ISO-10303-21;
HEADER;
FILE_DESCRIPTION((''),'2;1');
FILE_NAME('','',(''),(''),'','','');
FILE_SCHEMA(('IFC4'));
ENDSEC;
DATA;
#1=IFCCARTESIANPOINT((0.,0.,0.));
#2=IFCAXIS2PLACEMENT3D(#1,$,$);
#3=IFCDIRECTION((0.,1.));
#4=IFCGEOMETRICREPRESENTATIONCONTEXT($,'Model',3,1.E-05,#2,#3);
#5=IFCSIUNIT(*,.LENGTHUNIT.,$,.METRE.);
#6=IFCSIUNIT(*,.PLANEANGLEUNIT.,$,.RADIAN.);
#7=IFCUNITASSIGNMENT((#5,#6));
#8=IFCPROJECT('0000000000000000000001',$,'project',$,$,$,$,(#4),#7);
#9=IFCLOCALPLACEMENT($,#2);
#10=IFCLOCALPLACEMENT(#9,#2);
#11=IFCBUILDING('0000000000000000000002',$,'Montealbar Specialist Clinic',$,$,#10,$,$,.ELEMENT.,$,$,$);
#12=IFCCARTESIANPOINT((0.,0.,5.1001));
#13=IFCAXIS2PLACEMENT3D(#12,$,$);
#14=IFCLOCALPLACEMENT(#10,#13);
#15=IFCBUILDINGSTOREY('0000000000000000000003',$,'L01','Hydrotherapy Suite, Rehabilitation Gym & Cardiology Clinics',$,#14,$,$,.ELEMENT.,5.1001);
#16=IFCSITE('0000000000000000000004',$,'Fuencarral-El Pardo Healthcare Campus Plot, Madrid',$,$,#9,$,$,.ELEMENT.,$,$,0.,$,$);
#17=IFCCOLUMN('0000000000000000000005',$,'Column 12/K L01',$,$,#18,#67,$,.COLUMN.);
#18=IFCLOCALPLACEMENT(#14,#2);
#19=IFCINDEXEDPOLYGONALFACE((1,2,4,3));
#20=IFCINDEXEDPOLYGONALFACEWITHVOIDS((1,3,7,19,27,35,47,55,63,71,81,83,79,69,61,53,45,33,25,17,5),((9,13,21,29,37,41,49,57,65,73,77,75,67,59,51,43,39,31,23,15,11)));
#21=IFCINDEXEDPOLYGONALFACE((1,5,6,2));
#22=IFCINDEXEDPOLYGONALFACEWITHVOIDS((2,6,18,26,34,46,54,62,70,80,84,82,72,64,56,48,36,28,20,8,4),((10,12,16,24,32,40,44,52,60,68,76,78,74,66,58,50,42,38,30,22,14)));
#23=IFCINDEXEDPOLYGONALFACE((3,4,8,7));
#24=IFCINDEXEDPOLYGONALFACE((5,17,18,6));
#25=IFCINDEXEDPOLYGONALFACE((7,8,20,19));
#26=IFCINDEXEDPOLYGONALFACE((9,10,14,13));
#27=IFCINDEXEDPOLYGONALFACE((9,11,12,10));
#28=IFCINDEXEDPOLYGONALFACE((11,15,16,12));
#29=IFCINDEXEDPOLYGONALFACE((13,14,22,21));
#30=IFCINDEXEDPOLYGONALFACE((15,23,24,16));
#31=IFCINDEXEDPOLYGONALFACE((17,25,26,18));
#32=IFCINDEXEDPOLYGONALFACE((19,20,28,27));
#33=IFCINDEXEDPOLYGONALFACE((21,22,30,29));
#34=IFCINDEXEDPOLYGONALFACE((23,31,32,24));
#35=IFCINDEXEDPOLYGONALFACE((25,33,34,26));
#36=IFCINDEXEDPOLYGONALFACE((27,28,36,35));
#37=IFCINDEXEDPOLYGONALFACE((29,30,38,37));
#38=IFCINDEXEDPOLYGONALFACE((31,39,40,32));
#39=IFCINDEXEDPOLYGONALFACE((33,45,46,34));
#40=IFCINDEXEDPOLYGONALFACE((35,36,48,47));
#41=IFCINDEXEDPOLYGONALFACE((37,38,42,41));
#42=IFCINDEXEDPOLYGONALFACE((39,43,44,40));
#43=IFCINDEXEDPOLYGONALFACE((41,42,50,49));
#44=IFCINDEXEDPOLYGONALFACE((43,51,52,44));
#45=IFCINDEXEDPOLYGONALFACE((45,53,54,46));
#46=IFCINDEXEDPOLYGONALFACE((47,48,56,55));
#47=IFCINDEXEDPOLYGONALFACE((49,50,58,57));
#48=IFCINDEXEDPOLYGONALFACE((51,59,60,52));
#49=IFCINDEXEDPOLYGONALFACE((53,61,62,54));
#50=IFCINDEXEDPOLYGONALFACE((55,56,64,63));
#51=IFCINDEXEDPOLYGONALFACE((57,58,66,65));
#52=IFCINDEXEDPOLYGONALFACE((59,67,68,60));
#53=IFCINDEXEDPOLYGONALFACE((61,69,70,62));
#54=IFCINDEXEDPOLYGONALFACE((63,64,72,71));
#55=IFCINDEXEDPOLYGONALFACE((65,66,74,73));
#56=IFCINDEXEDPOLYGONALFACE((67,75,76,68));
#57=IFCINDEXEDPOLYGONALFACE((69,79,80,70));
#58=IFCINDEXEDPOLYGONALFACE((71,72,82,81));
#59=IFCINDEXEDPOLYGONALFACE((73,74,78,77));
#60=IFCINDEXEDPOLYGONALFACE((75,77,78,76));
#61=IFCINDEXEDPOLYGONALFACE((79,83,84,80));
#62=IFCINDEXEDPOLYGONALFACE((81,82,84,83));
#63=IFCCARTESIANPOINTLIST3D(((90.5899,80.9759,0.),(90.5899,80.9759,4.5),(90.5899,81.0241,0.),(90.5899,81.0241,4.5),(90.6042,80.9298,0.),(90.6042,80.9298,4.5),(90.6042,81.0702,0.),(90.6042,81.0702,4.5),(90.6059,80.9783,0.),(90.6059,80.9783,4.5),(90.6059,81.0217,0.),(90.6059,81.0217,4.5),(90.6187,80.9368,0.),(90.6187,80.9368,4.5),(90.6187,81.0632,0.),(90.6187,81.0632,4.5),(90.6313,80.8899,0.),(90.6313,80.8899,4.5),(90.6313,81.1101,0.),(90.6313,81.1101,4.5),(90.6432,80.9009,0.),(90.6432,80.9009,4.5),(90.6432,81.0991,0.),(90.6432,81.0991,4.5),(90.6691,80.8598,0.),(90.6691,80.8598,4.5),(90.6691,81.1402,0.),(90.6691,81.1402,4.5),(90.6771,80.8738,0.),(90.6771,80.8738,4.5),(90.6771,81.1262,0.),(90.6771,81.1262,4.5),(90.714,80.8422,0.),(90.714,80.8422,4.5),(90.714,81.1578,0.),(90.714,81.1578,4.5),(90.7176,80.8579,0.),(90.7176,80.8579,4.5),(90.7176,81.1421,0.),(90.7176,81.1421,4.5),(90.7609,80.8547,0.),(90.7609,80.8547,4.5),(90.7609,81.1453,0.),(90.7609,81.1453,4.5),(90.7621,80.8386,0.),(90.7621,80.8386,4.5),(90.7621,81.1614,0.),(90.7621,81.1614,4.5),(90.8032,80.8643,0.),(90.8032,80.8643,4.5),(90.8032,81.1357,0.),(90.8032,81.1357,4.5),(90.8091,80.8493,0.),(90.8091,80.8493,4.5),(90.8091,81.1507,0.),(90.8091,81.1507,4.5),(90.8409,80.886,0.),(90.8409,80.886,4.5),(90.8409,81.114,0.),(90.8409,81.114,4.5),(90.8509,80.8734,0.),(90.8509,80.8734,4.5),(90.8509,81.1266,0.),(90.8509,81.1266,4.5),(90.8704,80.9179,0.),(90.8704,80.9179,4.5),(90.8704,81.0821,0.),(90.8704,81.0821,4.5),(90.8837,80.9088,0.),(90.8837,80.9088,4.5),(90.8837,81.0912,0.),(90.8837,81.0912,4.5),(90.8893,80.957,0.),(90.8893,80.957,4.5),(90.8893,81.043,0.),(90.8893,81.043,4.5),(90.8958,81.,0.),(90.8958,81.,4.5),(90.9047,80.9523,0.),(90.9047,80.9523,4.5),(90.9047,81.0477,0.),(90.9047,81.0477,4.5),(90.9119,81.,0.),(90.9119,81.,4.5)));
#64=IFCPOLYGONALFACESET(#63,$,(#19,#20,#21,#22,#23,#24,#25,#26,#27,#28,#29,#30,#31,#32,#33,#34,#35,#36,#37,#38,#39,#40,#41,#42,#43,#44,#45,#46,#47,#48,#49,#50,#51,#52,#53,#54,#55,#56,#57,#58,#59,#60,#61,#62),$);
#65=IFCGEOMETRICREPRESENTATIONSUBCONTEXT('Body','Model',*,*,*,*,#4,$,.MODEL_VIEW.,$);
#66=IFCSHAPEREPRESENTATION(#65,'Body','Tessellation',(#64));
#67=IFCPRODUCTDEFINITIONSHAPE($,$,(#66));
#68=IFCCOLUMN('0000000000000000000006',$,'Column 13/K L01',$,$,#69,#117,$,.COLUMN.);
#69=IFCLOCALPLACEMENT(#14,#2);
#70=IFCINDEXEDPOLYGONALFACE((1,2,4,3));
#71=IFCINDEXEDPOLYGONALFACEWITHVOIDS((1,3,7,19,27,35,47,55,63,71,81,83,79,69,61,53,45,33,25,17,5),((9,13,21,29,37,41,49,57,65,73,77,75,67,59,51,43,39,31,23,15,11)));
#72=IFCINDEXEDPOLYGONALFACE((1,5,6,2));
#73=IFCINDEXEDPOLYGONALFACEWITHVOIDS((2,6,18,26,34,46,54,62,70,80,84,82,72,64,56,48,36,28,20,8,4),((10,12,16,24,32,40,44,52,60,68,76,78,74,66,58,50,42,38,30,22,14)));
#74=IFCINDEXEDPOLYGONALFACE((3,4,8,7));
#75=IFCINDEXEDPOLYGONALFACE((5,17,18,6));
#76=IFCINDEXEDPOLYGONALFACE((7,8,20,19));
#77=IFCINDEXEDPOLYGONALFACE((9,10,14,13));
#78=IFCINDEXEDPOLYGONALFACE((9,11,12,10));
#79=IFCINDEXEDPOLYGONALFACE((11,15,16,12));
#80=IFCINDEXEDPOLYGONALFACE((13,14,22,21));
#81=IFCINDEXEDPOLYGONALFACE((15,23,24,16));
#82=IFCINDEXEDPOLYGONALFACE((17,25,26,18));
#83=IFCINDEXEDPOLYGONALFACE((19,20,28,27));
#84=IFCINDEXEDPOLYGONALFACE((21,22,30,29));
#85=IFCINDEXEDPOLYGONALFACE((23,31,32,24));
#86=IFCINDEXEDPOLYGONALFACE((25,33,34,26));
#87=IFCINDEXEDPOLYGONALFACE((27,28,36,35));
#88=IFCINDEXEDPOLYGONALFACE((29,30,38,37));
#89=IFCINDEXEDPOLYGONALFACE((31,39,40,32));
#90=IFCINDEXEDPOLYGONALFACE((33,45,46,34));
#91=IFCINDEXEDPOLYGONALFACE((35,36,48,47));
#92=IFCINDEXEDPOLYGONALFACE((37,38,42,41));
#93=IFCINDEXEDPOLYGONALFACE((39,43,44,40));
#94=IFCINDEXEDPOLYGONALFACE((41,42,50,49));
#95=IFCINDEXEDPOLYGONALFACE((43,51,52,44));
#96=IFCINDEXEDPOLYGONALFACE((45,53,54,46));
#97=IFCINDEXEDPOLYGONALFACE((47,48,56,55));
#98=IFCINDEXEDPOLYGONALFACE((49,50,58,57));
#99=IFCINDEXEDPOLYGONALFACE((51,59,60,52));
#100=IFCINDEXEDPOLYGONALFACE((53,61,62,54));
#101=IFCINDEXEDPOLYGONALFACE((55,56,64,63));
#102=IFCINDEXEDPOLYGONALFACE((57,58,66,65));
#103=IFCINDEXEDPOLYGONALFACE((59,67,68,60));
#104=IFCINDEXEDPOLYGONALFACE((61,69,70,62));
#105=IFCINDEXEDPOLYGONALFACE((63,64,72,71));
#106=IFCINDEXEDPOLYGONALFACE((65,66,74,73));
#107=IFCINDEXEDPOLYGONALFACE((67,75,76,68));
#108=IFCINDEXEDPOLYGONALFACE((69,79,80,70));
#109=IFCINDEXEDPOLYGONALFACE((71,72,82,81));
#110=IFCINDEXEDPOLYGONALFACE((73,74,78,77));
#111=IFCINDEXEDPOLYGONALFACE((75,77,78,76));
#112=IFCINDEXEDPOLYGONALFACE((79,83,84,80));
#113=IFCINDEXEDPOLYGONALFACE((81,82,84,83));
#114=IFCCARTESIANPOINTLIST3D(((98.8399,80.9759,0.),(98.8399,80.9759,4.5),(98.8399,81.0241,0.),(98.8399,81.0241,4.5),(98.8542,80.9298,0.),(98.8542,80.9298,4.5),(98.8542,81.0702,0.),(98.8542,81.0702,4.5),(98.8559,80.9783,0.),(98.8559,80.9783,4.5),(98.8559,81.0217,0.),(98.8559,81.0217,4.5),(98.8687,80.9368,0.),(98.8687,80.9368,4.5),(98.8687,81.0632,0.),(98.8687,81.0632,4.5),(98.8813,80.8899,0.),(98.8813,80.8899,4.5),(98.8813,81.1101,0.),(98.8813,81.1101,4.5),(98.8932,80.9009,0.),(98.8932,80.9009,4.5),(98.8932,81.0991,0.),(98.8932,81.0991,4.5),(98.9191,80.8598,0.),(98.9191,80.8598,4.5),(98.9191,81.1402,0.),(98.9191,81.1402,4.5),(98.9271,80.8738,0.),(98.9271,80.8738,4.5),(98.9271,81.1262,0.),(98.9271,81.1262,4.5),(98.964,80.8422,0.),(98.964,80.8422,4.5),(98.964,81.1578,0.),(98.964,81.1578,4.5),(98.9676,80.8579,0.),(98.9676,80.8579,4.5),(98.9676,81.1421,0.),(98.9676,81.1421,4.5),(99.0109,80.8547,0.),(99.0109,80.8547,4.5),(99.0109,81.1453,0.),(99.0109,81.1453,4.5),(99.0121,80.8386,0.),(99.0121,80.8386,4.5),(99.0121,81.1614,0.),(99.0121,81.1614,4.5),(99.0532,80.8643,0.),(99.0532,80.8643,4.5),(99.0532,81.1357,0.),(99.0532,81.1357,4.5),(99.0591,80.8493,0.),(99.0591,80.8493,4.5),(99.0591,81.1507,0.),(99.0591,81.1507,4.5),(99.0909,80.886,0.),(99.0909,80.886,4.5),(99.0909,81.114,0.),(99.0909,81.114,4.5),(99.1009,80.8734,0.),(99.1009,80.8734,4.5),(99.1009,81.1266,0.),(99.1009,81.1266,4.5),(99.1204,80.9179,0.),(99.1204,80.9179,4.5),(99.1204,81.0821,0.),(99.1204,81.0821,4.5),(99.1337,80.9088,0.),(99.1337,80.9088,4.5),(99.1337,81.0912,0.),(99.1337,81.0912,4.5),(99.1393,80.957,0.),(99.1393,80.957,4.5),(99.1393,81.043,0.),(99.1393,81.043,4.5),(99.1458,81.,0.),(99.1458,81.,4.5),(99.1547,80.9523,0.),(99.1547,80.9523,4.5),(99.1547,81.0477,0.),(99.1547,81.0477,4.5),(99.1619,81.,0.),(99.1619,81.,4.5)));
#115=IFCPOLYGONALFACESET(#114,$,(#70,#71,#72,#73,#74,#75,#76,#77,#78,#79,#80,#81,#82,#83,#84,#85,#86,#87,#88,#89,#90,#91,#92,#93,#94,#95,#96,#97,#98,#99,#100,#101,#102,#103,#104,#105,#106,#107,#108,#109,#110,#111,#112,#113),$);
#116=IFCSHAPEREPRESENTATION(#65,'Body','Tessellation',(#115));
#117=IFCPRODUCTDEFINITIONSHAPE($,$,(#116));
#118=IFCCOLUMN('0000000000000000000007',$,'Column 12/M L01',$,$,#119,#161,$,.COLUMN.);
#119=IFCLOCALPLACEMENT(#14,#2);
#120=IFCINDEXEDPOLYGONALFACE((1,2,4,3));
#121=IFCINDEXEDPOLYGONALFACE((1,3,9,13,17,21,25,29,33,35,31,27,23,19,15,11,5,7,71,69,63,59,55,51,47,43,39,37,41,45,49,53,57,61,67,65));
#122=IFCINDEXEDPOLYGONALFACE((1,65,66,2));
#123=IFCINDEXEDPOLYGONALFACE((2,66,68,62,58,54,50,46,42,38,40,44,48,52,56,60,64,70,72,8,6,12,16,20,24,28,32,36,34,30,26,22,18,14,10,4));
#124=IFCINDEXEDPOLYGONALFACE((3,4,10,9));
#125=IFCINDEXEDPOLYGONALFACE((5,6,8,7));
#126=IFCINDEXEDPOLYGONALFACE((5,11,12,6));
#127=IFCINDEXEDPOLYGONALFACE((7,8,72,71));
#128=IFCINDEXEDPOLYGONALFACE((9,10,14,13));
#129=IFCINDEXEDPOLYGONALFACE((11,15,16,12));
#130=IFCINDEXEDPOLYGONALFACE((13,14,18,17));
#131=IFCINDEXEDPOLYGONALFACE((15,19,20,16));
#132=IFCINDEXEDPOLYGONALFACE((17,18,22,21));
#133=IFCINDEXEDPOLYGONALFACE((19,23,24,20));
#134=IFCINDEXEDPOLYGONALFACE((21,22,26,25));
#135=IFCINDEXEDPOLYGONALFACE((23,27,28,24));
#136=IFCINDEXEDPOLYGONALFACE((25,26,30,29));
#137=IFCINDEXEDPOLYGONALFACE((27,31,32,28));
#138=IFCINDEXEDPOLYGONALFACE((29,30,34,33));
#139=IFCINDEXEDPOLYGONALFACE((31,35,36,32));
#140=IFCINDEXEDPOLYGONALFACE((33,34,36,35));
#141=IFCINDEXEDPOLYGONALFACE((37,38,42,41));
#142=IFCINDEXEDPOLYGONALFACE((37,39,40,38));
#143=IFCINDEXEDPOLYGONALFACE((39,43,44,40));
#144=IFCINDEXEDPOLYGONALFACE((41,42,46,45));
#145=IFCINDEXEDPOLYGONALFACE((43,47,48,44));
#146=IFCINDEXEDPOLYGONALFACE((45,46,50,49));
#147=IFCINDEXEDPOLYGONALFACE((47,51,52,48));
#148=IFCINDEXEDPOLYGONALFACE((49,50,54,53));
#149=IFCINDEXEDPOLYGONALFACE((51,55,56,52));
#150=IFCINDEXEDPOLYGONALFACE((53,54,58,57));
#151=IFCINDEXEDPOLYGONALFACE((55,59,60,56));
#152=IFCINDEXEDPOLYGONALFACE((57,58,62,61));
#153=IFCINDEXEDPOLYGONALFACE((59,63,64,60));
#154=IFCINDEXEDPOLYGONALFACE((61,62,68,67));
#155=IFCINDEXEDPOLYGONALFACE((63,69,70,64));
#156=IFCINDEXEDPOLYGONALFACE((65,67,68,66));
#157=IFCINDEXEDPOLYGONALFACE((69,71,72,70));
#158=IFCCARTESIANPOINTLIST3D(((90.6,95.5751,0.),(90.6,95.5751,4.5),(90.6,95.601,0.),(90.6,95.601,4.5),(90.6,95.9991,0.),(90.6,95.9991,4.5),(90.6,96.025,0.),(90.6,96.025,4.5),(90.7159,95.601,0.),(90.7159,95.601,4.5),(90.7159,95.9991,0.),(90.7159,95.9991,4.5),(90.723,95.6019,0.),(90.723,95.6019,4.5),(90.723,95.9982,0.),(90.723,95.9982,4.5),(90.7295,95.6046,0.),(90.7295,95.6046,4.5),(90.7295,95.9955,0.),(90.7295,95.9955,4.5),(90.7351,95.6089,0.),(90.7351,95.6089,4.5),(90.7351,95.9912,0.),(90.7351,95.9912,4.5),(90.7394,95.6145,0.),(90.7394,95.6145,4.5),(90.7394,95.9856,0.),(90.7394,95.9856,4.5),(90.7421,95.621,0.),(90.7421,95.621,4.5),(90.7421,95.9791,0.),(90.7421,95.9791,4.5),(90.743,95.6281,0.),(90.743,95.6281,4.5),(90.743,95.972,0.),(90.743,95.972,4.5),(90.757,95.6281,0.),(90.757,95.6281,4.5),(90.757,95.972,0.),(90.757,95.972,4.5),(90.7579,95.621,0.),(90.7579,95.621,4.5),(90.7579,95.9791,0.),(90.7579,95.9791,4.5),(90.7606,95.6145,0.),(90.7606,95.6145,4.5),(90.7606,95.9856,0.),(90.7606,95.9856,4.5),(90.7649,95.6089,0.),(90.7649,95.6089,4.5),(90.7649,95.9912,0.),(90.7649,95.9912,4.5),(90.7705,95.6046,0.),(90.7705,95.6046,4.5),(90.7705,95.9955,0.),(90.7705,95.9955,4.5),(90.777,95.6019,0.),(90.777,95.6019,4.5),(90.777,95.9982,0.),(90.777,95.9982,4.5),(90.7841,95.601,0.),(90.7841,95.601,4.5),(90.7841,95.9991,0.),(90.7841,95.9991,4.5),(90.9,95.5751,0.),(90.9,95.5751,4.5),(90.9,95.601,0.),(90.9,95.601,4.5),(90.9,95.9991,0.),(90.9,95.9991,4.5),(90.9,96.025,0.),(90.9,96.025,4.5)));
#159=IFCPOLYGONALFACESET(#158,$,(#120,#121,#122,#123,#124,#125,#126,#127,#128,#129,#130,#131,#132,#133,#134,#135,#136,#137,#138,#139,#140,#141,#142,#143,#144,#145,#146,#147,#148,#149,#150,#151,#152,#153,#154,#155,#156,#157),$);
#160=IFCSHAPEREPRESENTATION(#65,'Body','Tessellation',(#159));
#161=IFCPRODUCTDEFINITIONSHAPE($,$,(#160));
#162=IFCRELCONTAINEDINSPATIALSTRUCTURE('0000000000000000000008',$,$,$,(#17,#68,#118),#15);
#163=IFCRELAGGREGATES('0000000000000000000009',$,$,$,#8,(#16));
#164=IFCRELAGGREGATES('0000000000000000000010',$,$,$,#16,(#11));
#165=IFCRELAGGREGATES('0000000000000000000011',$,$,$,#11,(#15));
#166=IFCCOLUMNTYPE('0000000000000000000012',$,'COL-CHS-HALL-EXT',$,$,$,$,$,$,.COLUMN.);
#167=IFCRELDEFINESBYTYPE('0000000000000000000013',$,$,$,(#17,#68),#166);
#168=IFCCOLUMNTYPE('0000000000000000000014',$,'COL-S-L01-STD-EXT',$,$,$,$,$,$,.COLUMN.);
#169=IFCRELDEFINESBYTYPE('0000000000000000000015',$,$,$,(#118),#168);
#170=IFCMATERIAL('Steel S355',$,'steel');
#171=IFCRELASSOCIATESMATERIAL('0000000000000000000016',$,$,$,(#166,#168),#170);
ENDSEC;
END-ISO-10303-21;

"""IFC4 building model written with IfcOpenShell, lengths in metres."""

from ifc_helpers import new_model, si_unit, direction, frame, origin, origin_2d, place, context, subcontext, project, spatial, hollow_circle, i_section, extrude, material, material_profile, profile_set, type_object, element, save


model = new_model("IFC4")

# Units and contexts
model_context = context("Model", 3, precision=1e-05, world=origin(), true_north=direction((0.0, 1.0)))
body_context = subcontext(model_context, "Body", "Model", "MODEL_VIEW")
ifc_project = project(units=[si_unit("LENGTHUNIT", "METRE"), si_unit("PLANEANGLEUNIT", "RADIAN")], contexts=[model_context])

# Site, building, storey
site_placement = place(None, origin())
site = spatial("IfcSite", under=ifc_project, at=site_placement, Name="Fuencarral-El Pardo Healthcare Campus Plot, Madrid", CompositionType="ELEMENT", RefElevation=0.0)
building_placement = place(site_placement, origin())
building = spatial("IfcBuilding", under=site, at=building_placement, Name="Montealbar Specialist Clinic", CompositionType="ELEMENT")
storey_placement = place(building_placement, frame((0.0, 0.0, 5.1001)))
storey = spatial("IfcBuildingStorey", under=building, at=storey_placement, Name="L01", Description="Hydrotherapy Suite, Rehabilitation Gym & Cardiology Clinics", CompositionType="ELEMENT", Elevation=5.1001)

# Columns
ifc_material_1 = material(Name="Steel S355", Category="steel")
ifc_material_profile_1 = material_profile(ifc_material_1, hollow_circle(Radius=0.1619, WallThickness=0.0161, at=origin_2d()), Name="CHS 323.9x16.0", Category="steel")
ifc_profile_set_1 = profile_set([ifc_material_profile_1], Name="Steel S355")
column_type_1 = type_object("IfcColumnType", Name="COL-CHS-HALL-EXT", PredefinedType="COLUMN", material=ifc_profile_set_1)
for number, where, z_axis, x_axis, name in (
    (1, (90.75, 81.0, 0.0), (0.0, 0.0, 1.0), (1.0, 0.0, 0.0), "Column 12/K L01"),
    (2, (99.0, 81.0, 0.0), (0.0, 0.0, 1.0), (1.0, 0.0, 0.0), "Column 13/K L01"),
):
    element("IfcColumn", number, at=place(storey_placement, frame(where, z_axis=z_axis, x_axis=x_axis)), inside=storey, type_object=column_type_1, Name=name, PredefinedType="COLUMN", context=body_context, shape_type="SweptSolid", body=[
        extrude(hollow_circle(Radius=0.1619, WallThickness=0.0161, at=origin_2d()), origin(), (0.0, 0.0, 1.0), 4.5),
    ])
ifc_material_profile_2 = material_profile(ifc_material_1, i_section(OverallWidth=0.3, OverallDepth=0.45, WebThickness=0.0139, FlangeThickness=0.0259, FilletRadius=0.0271, at=origin_2d()), Name="HEB 450", Category="steel")
ifc_profile_set_2 = profile_set([ifc_material_profile_2], Name="Steel S355")
column_type_2 = type_object("IfcColumnType", Name="COL-S-L01-STD-EXT", PredefinedType="COLUMN", material=ifc_profile_set_2)
column_placement = place(storey_placement, frame((90.75, 95.8, 0.0), z_axis=(0.0, 0.0, 1.0), x_axis=(1.0, 0.0, 0.0)))
element("IfcColumn", 3, at=column_placement, inside=storey, type_object=column_type_2, Name="Column 12/M L01", PredefinedType="COLUMN", context=body_context, shape_type="SweptSolid", body=[
    extrude(i_section(OverallWidth=0.3, OverallDepth=0.45, WebThickness=0.0139, FlangeThickness=0.0259, FilletRadius=0.0271, at=origin_2d()), origin(), (0.0, 0.0, 1.0), 4.5),
])

save(model, "model.ifc")
